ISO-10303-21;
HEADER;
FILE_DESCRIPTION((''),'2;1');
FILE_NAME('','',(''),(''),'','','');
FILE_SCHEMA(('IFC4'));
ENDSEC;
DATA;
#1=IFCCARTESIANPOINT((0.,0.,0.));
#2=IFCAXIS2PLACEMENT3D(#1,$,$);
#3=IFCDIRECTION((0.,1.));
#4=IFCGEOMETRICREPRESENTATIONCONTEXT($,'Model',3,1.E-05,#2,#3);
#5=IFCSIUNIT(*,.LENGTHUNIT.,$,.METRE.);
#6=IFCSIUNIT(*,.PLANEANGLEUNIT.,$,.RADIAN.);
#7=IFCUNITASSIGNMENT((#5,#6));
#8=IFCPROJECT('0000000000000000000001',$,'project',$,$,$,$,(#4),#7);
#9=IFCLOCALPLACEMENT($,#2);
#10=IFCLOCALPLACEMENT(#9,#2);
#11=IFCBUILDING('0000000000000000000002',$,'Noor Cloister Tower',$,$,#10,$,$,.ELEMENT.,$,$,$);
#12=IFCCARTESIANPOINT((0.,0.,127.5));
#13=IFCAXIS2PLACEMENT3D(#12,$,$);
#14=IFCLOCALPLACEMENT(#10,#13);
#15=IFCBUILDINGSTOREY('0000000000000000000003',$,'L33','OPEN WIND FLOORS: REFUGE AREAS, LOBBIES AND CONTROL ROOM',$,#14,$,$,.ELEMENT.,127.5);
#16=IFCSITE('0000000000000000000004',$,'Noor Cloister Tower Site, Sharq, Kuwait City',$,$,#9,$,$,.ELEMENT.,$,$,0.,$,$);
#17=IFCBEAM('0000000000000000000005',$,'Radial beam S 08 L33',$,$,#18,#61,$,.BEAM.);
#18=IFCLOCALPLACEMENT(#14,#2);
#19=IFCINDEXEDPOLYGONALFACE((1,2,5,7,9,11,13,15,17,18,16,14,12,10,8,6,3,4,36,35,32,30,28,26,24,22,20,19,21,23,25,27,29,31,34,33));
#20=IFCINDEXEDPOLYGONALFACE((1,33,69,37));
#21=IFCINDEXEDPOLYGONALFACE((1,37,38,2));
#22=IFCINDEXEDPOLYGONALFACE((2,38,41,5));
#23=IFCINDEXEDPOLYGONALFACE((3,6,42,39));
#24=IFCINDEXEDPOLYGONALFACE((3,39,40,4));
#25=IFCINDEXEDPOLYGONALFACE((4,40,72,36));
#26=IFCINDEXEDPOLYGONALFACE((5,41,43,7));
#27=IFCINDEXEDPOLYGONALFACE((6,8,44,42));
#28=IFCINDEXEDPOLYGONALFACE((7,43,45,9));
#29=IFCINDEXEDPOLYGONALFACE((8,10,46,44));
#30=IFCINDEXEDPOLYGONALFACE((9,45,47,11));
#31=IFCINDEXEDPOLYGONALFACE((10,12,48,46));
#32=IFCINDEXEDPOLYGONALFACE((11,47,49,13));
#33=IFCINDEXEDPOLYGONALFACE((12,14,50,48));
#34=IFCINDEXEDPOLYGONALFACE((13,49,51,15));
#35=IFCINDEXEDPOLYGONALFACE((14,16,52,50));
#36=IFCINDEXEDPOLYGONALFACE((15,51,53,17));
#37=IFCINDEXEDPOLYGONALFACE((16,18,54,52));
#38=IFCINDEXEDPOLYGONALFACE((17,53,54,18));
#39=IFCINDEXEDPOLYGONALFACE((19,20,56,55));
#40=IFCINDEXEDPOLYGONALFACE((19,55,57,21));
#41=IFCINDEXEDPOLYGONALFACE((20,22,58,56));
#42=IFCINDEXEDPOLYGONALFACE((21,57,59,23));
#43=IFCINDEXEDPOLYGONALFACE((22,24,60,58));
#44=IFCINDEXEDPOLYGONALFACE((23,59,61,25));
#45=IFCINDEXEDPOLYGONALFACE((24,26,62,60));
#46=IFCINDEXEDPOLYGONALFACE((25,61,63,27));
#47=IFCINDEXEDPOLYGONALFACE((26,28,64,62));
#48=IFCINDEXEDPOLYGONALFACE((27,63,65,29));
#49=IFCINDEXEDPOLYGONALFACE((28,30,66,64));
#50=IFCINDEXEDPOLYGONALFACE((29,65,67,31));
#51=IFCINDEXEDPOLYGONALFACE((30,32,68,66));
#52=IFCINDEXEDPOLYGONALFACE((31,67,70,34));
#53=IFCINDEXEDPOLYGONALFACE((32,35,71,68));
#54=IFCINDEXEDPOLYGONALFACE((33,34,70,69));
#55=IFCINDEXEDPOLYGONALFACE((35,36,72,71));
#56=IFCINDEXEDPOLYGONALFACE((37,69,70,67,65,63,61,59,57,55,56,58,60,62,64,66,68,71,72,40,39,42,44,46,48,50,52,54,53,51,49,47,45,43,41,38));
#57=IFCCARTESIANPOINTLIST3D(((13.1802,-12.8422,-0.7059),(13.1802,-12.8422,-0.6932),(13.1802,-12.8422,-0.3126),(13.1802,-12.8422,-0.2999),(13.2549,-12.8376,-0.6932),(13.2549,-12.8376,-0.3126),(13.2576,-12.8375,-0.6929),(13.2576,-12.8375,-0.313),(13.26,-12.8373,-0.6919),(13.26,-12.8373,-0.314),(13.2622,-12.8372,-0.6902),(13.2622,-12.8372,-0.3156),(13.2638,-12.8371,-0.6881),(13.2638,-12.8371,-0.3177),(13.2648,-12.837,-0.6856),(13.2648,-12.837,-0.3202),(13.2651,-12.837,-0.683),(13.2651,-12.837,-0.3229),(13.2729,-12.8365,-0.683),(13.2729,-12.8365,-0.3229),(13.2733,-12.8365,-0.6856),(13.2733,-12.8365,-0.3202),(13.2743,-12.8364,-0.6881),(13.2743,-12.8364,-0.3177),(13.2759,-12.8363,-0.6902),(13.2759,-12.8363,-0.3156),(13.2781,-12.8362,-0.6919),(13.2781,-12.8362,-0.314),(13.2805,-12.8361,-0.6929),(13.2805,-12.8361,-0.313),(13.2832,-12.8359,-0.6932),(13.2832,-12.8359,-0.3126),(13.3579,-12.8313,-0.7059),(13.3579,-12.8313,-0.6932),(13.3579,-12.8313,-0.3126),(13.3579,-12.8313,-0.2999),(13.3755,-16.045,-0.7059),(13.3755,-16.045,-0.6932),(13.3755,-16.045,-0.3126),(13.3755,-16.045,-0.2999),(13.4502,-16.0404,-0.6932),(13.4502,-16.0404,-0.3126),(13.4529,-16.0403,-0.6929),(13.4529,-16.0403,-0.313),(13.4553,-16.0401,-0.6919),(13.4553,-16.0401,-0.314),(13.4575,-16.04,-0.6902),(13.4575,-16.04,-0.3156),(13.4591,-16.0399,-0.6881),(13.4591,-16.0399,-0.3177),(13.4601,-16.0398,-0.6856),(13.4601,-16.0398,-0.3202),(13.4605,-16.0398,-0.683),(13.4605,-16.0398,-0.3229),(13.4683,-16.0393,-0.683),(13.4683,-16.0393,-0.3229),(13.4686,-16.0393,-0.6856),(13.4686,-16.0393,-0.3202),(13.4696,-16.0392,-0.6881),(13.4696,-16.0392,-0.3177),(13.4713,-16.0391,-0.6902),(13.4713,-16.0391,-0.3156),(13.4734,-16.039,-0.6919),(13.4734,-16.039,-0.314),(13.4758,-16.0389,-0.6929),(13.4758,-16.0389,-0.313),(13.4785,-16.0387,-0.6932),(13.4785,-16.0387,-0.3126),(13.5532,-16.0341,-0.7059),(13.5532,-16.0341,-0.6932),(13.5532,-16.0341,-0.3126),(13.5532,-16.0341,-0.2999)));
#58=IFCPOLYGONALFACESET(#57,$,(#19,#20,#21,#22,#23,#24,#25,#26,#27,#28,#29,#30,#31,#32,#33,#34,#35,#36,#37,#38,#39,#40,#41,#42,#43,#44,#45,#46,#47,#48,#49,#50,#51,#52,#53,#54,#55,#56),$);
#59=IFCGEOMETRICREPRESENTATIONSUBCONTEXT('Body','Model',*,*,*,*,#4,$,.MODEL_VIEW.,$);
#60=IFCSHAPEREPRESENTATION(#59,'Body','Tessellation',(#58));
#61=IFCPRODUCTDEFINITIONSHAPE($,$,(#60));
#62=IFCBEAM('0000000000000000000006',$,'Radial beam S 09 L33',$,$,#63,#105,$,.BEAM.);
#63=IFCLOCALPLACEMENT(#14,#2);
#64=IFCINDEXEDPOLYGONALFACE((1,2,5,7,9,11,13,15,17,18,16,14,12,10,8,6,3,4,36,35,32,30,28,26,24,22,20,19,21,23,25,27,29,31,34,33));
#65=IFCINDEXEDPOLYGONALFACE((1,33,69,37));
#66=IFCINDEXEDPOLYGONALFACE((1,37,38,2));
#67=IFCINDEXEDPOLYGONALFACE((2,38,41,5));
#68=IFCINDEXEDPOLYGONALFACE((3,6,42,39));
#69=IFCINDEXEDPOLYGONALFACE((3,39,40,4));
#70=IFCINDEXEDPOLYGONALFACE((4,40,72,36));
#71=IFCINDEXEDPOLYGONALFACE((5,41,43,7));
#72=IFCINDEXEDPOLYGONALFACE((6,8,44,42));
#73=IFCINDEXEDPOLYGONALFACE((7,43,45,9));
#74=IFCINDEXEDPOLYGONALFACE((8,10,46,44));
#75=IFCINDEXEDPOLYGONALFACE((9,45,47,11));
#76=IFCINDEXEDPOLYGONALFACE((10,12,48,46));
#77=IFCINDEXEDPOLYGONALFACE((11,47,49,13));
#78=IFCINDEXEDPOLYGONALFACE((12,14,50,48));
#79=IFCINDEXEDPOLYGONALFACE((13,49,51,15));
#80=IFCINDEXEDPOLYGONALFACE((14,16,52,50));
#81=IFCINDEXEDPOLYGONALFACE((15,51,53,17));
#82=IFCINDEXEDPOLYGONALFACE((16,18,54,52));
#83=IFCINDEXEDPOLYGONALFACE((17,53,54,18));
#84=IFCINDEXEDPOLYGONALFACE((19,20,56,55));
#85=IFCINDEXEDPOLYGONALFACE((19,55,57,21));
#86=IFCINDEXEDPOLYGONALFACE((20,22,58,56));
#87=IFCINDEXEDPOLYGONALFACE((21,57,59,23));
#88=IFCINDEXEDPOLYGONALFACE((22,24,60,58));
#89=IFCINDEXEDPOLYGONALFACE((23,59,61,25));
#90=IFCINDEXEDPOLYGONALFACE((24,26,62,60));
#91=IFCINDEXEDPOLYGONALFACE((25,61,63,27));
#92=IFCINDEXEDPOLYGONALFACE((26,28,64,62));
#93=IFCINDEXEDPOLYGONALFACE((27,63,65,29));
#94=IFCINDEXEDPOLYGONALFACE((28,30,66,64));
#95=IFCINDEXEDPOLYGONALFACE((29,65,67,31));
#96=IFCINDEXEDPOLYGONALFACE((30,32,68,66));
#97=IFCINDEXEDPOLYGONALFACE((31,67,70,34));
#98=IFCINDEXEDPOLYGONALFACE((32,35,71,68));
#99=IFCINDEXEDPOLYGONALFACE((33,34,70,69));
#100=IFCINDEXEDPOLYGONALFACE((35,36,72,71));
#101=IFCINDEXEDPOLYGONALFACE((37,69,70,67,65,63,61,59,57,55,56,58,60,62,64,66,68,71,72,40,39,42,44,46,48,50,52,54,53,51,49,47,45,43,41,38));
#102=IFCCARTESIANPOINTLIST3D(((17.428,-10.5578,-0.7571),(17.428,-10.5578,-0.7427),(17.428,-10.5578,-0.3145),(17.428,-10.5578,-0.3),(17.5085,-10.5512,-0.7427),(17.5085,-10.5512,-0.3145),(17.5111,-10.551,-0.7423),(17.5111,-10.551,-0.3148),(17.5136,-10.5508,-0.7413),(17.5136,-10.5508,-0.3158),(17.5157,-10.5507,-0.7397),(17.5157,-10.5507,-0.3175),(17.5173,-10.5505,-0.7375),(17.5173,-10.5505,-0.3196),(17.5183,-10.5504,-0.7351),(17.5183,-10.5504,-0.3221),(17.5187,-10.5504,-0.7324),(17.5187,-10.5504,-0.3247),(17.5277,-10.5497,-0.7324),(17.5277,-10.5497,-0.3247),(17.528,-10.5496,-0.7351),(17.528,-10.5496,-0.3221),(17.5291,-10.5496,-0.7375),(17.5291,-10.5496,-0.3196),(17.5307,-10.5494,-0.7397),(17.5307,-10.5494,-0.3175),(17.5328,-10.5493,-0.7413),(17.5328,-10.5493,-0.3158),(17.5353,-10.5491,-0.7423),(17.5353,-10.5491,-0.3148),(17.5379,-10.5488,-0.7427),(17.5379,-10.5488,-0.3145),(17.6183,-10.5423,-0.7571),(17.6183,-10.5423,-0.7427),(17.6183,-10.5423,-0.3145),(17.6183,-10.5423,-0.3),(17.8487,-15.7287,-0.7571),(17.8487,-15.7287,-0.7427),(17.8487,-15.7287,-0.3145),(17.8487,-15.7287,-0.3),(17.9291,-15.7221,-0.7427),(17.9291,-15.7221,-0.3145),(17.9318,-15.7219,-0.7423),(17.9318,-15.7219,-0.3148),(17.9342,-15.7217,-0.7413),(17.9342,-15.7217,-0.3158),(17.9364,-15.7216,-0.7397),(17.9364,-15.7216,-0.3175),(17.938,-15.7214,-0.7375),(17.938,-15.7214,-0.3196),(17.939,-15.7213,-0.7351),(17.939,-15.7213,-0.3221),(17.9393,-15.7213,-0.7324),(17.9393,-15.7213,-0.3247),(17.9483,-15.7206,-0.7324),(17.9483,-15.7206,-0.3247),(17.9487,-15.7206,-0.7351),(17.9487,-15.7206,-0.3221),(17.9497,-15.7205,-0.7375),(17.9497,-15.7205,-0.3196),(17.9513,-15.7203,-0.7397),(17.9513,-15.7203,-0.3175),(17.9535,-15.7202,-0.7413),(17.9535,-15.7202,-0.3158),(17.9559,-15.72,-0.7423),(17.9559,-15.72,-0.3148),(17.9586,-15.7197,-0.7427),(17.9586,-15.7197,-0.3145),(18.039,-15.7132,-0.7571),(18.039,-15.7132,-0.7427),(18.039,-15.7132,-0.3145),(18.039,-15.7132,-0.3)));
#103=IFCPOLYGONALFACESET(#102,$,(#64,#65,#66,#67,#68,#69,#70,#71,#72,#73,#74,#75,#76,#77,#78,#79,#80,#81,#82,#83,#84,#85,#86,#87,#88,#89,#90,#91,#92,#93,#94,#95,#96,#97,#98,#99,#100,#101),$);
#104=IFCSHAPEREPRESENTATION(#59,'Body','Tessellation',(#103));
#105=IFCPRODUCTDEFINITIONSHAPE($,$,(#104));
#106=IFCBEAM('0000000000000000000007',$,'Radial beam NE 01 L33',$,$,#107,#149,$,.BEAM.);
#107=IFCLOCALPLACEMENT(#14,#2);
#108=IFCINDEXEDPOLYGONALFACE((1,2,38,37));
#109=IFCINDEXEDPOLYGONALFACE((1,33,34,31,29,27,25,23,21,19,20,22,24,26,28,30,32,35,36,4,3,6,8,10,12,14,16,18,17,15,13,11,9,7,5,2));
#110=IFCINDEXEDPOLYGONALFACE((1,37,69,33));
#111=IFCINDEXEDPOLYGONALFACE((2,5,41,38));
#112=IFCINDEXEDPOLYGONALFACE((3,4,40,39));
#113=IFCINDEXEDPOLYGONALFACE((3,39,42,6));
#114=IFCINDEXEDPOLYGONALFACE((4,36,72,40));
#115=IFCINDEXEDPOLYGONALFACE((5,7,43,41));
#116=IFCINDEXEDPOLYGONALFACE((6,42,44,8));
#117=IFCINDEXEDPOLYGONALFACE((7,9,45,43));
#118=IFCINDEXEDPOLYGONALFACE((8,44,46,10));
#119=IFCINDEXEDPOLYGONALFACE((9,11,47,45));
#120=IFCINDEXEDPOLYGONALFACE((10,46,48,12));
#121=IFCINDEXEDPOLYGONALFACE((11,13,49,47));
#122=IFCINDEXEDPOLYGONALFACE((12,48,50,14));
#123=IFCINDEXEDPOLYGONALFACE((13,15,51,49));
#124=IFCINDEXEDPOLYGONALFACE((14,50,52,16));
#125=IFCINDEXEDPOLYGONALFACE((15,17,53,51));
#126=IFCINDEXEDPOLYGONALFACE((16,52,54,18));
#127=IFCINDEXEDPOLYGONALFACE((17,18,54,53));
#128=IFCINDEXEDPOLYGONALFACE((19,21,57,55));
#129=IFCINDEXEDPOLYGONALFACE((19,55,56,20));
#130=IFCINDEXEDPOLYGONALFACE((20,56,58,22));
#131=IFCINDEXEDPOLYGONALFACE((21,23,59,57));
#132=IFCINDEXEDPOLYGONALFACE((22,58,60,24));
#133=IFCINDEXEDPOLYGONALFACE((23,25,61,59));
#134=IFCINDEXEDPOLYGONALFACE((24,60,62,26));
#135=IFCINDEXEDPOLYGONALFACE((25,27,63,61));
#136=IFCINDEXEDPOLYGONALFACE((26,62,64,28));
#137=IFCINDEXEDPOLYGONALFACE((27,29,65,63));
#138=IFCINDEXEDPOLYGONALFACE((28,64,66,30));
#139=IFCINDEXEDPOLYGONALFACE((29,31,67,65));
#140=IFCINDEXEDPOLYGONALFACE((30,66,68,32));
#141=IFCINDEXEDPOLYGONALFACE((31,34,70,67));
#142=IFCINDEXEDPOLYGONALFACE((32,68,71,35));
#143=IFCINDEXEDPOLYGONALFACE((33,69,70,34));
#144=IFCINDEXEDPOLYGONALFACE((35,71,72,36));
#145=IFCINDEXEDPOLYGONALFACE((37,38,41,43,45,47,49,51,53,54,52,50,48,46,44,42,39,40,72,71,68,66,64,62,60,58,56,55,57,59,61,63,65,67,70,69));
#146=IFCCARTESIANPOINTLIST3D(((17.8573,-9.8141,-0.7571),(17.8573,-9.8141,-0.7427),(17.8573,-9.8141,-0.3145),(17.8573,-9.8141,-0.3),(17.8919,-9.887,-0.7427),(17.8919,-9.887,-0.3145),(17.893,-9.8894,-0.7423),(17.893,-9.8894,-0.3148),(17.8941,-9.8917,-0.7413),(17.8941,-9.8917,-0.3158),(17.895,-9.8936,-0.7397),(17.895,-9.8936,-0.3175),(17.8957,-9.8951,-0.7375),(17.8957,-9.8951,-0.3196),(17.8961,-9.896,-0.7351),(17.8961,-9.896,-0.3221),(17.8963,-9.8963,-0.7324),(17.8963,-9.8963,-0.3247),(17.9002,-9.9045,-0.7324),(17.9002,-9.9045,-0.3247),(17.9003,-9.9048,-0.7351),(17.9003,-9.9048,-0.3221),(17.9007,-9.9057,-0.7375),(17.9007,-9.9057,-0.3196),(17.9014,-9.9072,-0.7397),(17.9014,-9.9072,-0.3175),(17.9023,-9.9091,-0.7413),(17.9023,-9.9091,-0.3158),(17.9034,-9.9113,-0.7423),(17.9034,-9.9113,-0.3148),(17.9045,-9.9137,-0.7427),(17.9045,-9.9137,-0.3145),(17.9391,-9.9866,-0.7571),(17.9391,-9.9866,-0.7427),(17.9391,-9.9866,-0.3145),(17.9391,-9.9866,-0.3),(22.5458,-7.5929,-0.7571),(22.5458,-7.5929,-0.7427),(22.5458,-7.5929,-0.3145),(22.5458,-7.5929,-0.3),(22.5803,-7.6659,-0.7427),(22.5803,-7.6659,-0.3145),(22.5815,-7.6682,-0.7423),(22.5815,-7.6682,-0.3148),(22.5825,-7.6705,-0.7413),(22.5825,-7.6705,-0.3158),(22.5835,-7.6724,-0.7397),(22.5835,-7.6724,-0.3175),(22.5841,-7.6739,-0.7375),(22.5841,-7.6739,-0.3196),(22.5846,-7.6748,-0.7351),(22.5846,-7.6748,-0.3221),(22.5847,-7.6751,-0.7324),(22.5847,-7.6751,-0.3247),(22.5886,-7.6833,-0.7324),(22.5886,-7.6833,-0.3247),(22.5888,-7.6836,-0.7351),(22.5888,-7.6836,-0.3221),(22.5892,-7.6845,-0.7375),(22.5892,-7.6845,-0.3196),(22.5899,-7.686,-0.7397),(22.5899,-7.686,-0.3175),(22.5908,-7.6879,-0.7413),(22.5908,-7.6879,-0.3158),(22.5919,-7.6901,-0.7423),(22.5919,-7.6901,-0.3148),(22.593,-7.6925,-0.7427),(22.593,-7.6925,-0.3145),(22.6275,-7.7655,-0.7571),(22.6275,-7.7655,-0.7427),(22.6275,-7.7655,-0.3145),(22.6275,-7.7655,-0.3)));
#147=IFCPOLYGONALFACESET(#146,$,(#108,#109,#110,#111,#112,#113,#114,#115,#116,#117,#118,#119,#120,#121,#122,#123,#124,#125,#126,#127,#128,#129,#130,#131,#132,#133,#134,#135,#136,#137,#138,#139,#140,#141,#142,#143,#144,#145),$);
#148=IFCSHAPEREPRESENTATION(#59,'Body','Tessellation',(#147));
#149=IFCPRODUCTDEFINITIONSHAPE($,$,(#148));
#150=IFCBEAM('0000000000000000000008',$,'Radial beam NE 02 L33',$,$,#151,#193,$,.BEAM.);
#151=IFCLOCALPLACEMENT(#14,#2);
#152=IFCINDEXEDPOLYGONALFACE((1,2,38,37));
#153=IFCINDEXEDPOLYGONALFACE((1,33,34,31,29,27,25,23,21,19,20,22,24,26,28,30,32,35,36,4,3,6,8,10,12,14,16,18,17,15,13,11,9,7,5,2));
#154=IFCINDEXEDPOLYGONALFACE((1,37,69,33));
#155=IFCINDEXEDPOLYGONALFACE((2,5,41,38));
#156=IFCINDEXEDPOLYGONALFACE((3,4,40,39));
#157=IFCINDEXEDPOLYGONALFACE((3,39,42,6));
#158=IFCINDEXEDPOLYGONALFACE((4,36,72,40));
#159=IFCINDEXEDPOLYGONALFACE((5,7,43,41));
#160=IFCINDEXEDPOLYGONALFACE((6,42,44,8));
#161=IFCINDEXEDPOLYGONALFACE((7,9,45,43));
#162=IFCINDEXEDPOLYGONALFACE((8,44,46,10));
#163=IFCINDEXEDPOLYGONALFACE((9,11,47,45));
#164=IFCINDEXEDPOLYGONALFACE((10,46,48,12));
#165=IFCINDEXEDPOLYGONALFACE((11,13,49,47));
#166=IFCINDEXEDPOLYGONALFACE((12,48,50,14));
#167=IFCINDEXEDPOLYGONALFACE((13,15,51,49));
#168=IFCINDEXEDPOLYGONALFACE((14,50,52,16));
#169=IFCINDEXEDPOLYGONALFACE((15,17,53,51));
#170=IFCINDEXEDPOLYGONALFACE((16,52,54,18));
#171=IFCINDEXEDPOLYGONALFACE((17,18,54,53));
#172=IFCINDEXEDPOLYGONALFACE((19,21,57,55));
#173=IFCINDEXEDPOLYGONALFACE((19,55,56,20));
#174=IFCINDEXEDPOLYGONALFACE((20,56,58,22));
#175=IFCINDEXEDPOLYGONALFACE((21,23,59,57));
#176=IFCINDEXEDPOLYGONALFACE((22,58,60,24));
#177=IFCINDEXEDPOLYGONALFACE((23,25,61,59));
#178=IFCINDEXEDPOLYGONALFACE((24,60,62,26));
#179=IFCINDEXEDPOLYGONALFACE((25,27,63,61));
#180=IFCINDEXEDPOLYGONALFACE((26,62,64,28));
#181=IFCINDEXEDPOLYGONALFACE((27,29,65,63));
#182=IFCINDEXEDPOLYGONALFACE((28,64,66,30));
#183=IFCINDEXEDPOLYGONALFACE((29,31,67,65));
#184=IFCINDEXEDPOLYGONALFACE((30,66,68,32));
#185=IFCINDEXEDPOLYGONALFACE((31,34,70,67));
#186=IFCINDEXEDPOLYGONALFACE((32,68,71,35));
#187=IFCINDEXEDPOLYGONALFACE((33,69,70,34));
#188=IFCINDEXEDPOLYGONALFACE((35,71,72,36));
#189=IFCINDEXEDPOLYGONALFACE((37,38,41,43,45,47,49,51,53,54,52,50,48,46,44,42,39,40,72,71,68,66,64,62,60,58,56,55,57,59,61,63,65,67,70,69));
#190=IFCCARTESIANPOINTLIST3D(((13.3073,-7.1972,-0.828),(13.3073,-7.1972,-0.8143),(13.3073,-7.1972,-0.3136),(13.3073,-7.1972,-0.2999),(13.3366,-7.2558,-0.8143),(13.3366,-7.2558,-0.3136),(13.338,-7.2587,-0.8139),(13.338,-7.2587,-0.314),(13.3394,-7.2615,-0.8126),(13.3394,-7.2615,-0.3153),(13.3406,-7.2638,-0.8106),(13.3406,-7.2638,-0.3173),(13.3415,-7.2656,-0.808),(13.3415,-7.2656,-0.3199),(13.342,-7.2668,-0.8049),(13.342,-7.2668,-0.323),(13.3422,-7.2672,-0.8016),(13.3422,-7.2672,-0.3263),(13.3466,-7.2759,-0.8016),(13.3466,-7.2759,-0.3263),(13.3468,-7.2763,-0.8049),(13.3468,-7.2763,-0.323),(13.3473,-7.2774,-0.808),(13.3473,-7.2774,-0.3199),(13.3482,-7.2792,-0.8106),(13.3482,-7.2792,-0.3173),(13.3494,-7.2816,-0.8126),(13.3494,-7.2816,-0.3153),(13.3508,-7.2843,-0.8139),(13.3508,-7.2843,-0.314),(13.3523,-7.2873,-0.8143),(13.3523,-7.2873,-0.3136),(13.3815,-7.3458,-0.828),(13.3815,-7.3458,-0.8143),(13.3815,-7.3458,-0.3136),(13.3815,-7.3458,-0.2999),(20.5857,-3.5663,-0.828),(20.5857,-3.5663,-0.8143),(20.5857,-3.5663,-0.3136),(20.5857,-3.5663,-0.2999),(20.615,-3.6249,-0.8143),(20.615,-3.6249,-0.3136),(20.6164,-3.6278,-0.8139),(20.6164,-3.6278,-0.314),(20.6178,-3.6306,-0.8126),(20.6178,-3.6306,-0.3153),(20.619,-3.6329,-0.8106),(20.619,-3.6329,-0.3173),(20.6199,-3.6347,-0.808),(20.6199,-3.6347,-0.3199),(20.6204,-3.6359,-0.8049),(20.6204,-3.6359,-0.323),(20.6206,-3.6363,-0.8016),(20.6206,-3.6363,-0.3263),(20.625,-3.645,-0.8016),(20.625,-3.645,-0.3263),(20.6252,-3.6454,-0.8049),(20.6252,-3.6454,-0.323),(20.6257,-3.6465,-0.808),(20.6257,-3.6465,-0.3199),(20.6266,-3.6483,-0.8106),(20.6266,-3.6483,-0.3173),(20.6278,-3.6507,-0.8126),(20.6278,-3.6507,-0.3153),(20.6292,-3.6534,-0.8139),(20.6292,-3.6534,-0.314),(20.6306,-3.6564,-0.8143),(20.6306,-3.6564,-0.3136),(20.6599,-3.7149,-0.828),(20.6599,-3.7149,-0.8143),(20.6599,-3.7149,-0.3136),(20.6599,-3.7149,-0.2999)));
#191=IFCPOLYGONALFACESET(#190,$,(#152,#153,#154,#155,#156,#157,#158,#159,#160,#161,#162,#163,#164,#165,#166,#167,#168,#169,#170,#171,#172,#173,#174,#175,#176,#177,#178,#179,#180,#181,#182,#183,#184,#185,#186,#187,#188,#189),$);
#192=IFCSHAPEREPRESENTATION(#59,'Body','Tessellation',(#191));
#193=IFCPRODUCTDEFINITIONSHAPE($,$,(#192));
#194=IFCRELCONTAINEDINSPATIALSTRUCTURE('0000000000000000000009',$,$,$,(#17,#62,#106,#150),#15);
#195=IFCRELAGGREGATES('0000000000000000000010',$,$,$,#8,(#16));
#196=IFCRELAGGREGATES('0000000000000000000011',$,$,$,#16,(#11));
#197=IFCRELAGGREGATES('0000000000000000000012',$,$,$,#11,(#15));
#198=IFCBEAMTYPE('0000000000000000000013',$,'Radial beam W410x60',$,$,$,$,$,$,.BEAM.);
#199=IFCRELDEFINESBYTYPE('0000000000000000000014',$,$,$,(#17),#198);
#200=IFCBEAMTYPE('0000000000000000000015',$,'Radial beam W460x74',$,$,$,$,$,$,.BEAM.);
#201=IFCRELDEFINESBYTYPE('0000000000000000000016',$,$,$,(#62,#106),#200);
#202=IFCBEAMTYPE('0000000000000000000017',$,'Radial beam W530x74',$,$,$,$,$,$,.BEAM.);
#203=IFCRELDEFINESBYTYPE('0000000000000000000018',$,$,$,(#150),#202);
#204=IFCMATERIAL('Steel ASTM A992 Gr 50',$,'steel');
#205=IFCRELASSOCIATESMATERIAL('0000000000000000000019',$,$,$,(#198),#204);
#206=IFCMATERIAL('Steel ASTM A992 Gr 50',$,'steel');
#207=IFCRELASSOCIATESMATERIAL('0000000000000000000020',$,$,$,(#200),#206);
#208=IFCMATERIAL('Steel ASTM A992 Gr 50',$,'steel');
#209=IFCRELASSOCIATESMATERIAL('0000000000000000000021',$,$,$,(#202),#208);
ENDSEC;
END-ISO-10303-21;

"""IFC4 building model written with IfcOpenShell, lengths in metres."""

from ifc_helpers import new_model, si_unit, direction, frame, origin, origin_2d, place, context, subcontext, project, spatial, i_section, extrude, material, material_profile, profile_set, type_object, element, save


model = new_model("IFC4")

# Units and contexts
model_context = context("Model", 3, precision=1e-05, world=origin(), true_north=direction((0.0, 1.0)))
body_context = subcontext(model_context, "Body", "Model", "MODEL_VIEW")
ifc_project = project(units=[si_unit("LENGTHUNIT", "METRE"), si_unit("PLANEANGLEUNIT", "RADIAN")], contexts=[model_context])

# Site, building, storey
site_placement = place(None, origin())
site = spatial("IfcSite", under=ifc_project, at=site_placement, Name="Noor Cloister Tower Site, Sharq, Kuwait City", CompositionType="ELEMENT", RefElevation=0.0)
building_placement = place(site_placement, origin())
building = spatial("IfcBuilding", under=site, at=building_placement, Name="Noor Cloister Tower", CompositionType="ELEMENT")
storey_placement = place(building_placement, frame((0.0, 0.0, 127.5)))
storey = spatial("IfcBuildingStorey", under=building, at=storey_placement, Name="L33", Description="OPEN WIND FLOORS: REFUGE AREAS, LOBBIES AND CONTROL ROOM", CompositionType="ELEMENT", Elevation=127.5)

# Beams
ifc_material_1 = material(Name="Steel ASTM A992 Gr 50", Category="steel")
ifc_material_profile_1 = material_profile(ifc_material_1, i_section(OverallWidth=0.178, OverallDepth=0.406, WebThickness=0.0078, FlangeThickness=0.0127, FilletRadius=0.0103, at=origin_2d()), Name="W410x60")
ifc_profile_set_1 = profile_set([ifc_material_profile_1], Name="Steel ASTM A992 Gr 50")
beam_type_1 = type_object("IfcBeamType", Name="Radial beam W410x60", PredefinedType="BEAM", material=ifc_profile_set_1)
beam_1_placement = place(storey_placement, frame((13.4644, -16.0396, -0.5029), z_axis=(-0.060867, 0.998146, 0.0), x_axis=(-0.998146, -0.060867, 0.0)))
element("IfcBeam", 1, at=beam_1_placement, inside=storey, type_object=beam_type_1, Name="Radial beam S 08 L33", PredefinedType="BEAM", context=body_context, shape_type="SweptSolid", body=[
    extrude(i_section(OverallWidth=0.178, OverallDepth=0.406, WebThickness=0.0078, FlangeThickness=0.0127, FilletRadius=0.0103, at=origin_2d()), origin(), (0.0, 0.0, 1.0), 3.2087),
])
ifc_material_2 = material(Name="Steel ASTM A992 Gr 50", Category="steel")
ifc_material_profile_2 = material_profile(ifc_material_2, i_section(OverallWidth=0.1909, OverallDepth=0.457, WebThickness=0.009, FlangeThickness=0.0144, FilletRadius=0.0103, at=origin_2d()), Name="W460x74")
ifc_profile_set_2 = profile_set([ifc_material_profile_2], Name="Steel ASTM A992 Gr 50")
beam_type_2 = type_object("IfcBeamType", Name="Radial beam W460x74", PredefinedType="BEAM", material=ifc_profile_set_2)
for number, where, z_axis, x_axis, name in (
    (2, (17.9438, -15.7209, -0.5286), (-0.081082, 0.996707, 0.0), (-0.996707, -0.081082, 0.0), "Radial beam S 09 L33"),
    (3, (22.5867, -7.6792, -0.5286), (-0.903713, -0.428139, 0.0), (0.428139, -0.903713, 0.0), "Radial beam NE 01 L33"),
):
    element("IfcBeam", number, at=place(storey_placement, frame(where, z_axis=z_axis, x_axis=x_axis)), inside=storey, type_object=beam_type_2, Name=name, PredefinedType="BEAM", context=body_context, shape_type="SweptSolid", body=[
        extrude(i_section(OverallWidth=0.1909, OverallDepth=0.457, WebThickness=0.009, FlangeThickness=0.0144, FilletRadius=0.0103, at=origin_2d()), origin(), (0.0, 0.0, 1.0), 5.188),
    ])
ifc_material_3 = material(Name="Steel ASTM A992 Gr 50", Category="steel")
ifc_material_profile_3 = material_profile(ifc_material_3, i_section(OverallWidth=0.166, OverallDepth=0.5281, WebThickness=0.0098, FlangeThickness=0.0137, FilletRadius=0.0127, at=origin_2d()), Name="W530x74")
ifc_profile_set_3 = profile_set([ifc_material_profile_3], Name="Steel ASTM A992 Gr 50")
beam_type_3 = type_object("IfcBeamType", Name="Radial beam W530x74", PredefinedType="BEAM", material=ifc_profile_set_3)
beam_2_placement = place(storey_placement, frame((20.6228, -3.6406, -0.564), z_axis=(-0.894835, -0.446397, 0.0), x_axis=(0.446397, -0.894835, 0.0)))
element("IfcBeam", 4, at=beam_2_placement, inside=storey, type_object=beam_type_3, Name="Radial beam NE 02 L33", PredefinedType="BEAM", context=body_context, shape_type="SweptSolid", body=[
    extrude(i_section(OverallWidth=0.166, OverallDepth=0.5281, WebThickness=0.0098, FlangeThickness=0.0137, FilletRadius=0.0127, at=origin_2d()), origin(), (0.0, 0.0, 1.0), 8.1338),
])

save(model, "model.ifc")
